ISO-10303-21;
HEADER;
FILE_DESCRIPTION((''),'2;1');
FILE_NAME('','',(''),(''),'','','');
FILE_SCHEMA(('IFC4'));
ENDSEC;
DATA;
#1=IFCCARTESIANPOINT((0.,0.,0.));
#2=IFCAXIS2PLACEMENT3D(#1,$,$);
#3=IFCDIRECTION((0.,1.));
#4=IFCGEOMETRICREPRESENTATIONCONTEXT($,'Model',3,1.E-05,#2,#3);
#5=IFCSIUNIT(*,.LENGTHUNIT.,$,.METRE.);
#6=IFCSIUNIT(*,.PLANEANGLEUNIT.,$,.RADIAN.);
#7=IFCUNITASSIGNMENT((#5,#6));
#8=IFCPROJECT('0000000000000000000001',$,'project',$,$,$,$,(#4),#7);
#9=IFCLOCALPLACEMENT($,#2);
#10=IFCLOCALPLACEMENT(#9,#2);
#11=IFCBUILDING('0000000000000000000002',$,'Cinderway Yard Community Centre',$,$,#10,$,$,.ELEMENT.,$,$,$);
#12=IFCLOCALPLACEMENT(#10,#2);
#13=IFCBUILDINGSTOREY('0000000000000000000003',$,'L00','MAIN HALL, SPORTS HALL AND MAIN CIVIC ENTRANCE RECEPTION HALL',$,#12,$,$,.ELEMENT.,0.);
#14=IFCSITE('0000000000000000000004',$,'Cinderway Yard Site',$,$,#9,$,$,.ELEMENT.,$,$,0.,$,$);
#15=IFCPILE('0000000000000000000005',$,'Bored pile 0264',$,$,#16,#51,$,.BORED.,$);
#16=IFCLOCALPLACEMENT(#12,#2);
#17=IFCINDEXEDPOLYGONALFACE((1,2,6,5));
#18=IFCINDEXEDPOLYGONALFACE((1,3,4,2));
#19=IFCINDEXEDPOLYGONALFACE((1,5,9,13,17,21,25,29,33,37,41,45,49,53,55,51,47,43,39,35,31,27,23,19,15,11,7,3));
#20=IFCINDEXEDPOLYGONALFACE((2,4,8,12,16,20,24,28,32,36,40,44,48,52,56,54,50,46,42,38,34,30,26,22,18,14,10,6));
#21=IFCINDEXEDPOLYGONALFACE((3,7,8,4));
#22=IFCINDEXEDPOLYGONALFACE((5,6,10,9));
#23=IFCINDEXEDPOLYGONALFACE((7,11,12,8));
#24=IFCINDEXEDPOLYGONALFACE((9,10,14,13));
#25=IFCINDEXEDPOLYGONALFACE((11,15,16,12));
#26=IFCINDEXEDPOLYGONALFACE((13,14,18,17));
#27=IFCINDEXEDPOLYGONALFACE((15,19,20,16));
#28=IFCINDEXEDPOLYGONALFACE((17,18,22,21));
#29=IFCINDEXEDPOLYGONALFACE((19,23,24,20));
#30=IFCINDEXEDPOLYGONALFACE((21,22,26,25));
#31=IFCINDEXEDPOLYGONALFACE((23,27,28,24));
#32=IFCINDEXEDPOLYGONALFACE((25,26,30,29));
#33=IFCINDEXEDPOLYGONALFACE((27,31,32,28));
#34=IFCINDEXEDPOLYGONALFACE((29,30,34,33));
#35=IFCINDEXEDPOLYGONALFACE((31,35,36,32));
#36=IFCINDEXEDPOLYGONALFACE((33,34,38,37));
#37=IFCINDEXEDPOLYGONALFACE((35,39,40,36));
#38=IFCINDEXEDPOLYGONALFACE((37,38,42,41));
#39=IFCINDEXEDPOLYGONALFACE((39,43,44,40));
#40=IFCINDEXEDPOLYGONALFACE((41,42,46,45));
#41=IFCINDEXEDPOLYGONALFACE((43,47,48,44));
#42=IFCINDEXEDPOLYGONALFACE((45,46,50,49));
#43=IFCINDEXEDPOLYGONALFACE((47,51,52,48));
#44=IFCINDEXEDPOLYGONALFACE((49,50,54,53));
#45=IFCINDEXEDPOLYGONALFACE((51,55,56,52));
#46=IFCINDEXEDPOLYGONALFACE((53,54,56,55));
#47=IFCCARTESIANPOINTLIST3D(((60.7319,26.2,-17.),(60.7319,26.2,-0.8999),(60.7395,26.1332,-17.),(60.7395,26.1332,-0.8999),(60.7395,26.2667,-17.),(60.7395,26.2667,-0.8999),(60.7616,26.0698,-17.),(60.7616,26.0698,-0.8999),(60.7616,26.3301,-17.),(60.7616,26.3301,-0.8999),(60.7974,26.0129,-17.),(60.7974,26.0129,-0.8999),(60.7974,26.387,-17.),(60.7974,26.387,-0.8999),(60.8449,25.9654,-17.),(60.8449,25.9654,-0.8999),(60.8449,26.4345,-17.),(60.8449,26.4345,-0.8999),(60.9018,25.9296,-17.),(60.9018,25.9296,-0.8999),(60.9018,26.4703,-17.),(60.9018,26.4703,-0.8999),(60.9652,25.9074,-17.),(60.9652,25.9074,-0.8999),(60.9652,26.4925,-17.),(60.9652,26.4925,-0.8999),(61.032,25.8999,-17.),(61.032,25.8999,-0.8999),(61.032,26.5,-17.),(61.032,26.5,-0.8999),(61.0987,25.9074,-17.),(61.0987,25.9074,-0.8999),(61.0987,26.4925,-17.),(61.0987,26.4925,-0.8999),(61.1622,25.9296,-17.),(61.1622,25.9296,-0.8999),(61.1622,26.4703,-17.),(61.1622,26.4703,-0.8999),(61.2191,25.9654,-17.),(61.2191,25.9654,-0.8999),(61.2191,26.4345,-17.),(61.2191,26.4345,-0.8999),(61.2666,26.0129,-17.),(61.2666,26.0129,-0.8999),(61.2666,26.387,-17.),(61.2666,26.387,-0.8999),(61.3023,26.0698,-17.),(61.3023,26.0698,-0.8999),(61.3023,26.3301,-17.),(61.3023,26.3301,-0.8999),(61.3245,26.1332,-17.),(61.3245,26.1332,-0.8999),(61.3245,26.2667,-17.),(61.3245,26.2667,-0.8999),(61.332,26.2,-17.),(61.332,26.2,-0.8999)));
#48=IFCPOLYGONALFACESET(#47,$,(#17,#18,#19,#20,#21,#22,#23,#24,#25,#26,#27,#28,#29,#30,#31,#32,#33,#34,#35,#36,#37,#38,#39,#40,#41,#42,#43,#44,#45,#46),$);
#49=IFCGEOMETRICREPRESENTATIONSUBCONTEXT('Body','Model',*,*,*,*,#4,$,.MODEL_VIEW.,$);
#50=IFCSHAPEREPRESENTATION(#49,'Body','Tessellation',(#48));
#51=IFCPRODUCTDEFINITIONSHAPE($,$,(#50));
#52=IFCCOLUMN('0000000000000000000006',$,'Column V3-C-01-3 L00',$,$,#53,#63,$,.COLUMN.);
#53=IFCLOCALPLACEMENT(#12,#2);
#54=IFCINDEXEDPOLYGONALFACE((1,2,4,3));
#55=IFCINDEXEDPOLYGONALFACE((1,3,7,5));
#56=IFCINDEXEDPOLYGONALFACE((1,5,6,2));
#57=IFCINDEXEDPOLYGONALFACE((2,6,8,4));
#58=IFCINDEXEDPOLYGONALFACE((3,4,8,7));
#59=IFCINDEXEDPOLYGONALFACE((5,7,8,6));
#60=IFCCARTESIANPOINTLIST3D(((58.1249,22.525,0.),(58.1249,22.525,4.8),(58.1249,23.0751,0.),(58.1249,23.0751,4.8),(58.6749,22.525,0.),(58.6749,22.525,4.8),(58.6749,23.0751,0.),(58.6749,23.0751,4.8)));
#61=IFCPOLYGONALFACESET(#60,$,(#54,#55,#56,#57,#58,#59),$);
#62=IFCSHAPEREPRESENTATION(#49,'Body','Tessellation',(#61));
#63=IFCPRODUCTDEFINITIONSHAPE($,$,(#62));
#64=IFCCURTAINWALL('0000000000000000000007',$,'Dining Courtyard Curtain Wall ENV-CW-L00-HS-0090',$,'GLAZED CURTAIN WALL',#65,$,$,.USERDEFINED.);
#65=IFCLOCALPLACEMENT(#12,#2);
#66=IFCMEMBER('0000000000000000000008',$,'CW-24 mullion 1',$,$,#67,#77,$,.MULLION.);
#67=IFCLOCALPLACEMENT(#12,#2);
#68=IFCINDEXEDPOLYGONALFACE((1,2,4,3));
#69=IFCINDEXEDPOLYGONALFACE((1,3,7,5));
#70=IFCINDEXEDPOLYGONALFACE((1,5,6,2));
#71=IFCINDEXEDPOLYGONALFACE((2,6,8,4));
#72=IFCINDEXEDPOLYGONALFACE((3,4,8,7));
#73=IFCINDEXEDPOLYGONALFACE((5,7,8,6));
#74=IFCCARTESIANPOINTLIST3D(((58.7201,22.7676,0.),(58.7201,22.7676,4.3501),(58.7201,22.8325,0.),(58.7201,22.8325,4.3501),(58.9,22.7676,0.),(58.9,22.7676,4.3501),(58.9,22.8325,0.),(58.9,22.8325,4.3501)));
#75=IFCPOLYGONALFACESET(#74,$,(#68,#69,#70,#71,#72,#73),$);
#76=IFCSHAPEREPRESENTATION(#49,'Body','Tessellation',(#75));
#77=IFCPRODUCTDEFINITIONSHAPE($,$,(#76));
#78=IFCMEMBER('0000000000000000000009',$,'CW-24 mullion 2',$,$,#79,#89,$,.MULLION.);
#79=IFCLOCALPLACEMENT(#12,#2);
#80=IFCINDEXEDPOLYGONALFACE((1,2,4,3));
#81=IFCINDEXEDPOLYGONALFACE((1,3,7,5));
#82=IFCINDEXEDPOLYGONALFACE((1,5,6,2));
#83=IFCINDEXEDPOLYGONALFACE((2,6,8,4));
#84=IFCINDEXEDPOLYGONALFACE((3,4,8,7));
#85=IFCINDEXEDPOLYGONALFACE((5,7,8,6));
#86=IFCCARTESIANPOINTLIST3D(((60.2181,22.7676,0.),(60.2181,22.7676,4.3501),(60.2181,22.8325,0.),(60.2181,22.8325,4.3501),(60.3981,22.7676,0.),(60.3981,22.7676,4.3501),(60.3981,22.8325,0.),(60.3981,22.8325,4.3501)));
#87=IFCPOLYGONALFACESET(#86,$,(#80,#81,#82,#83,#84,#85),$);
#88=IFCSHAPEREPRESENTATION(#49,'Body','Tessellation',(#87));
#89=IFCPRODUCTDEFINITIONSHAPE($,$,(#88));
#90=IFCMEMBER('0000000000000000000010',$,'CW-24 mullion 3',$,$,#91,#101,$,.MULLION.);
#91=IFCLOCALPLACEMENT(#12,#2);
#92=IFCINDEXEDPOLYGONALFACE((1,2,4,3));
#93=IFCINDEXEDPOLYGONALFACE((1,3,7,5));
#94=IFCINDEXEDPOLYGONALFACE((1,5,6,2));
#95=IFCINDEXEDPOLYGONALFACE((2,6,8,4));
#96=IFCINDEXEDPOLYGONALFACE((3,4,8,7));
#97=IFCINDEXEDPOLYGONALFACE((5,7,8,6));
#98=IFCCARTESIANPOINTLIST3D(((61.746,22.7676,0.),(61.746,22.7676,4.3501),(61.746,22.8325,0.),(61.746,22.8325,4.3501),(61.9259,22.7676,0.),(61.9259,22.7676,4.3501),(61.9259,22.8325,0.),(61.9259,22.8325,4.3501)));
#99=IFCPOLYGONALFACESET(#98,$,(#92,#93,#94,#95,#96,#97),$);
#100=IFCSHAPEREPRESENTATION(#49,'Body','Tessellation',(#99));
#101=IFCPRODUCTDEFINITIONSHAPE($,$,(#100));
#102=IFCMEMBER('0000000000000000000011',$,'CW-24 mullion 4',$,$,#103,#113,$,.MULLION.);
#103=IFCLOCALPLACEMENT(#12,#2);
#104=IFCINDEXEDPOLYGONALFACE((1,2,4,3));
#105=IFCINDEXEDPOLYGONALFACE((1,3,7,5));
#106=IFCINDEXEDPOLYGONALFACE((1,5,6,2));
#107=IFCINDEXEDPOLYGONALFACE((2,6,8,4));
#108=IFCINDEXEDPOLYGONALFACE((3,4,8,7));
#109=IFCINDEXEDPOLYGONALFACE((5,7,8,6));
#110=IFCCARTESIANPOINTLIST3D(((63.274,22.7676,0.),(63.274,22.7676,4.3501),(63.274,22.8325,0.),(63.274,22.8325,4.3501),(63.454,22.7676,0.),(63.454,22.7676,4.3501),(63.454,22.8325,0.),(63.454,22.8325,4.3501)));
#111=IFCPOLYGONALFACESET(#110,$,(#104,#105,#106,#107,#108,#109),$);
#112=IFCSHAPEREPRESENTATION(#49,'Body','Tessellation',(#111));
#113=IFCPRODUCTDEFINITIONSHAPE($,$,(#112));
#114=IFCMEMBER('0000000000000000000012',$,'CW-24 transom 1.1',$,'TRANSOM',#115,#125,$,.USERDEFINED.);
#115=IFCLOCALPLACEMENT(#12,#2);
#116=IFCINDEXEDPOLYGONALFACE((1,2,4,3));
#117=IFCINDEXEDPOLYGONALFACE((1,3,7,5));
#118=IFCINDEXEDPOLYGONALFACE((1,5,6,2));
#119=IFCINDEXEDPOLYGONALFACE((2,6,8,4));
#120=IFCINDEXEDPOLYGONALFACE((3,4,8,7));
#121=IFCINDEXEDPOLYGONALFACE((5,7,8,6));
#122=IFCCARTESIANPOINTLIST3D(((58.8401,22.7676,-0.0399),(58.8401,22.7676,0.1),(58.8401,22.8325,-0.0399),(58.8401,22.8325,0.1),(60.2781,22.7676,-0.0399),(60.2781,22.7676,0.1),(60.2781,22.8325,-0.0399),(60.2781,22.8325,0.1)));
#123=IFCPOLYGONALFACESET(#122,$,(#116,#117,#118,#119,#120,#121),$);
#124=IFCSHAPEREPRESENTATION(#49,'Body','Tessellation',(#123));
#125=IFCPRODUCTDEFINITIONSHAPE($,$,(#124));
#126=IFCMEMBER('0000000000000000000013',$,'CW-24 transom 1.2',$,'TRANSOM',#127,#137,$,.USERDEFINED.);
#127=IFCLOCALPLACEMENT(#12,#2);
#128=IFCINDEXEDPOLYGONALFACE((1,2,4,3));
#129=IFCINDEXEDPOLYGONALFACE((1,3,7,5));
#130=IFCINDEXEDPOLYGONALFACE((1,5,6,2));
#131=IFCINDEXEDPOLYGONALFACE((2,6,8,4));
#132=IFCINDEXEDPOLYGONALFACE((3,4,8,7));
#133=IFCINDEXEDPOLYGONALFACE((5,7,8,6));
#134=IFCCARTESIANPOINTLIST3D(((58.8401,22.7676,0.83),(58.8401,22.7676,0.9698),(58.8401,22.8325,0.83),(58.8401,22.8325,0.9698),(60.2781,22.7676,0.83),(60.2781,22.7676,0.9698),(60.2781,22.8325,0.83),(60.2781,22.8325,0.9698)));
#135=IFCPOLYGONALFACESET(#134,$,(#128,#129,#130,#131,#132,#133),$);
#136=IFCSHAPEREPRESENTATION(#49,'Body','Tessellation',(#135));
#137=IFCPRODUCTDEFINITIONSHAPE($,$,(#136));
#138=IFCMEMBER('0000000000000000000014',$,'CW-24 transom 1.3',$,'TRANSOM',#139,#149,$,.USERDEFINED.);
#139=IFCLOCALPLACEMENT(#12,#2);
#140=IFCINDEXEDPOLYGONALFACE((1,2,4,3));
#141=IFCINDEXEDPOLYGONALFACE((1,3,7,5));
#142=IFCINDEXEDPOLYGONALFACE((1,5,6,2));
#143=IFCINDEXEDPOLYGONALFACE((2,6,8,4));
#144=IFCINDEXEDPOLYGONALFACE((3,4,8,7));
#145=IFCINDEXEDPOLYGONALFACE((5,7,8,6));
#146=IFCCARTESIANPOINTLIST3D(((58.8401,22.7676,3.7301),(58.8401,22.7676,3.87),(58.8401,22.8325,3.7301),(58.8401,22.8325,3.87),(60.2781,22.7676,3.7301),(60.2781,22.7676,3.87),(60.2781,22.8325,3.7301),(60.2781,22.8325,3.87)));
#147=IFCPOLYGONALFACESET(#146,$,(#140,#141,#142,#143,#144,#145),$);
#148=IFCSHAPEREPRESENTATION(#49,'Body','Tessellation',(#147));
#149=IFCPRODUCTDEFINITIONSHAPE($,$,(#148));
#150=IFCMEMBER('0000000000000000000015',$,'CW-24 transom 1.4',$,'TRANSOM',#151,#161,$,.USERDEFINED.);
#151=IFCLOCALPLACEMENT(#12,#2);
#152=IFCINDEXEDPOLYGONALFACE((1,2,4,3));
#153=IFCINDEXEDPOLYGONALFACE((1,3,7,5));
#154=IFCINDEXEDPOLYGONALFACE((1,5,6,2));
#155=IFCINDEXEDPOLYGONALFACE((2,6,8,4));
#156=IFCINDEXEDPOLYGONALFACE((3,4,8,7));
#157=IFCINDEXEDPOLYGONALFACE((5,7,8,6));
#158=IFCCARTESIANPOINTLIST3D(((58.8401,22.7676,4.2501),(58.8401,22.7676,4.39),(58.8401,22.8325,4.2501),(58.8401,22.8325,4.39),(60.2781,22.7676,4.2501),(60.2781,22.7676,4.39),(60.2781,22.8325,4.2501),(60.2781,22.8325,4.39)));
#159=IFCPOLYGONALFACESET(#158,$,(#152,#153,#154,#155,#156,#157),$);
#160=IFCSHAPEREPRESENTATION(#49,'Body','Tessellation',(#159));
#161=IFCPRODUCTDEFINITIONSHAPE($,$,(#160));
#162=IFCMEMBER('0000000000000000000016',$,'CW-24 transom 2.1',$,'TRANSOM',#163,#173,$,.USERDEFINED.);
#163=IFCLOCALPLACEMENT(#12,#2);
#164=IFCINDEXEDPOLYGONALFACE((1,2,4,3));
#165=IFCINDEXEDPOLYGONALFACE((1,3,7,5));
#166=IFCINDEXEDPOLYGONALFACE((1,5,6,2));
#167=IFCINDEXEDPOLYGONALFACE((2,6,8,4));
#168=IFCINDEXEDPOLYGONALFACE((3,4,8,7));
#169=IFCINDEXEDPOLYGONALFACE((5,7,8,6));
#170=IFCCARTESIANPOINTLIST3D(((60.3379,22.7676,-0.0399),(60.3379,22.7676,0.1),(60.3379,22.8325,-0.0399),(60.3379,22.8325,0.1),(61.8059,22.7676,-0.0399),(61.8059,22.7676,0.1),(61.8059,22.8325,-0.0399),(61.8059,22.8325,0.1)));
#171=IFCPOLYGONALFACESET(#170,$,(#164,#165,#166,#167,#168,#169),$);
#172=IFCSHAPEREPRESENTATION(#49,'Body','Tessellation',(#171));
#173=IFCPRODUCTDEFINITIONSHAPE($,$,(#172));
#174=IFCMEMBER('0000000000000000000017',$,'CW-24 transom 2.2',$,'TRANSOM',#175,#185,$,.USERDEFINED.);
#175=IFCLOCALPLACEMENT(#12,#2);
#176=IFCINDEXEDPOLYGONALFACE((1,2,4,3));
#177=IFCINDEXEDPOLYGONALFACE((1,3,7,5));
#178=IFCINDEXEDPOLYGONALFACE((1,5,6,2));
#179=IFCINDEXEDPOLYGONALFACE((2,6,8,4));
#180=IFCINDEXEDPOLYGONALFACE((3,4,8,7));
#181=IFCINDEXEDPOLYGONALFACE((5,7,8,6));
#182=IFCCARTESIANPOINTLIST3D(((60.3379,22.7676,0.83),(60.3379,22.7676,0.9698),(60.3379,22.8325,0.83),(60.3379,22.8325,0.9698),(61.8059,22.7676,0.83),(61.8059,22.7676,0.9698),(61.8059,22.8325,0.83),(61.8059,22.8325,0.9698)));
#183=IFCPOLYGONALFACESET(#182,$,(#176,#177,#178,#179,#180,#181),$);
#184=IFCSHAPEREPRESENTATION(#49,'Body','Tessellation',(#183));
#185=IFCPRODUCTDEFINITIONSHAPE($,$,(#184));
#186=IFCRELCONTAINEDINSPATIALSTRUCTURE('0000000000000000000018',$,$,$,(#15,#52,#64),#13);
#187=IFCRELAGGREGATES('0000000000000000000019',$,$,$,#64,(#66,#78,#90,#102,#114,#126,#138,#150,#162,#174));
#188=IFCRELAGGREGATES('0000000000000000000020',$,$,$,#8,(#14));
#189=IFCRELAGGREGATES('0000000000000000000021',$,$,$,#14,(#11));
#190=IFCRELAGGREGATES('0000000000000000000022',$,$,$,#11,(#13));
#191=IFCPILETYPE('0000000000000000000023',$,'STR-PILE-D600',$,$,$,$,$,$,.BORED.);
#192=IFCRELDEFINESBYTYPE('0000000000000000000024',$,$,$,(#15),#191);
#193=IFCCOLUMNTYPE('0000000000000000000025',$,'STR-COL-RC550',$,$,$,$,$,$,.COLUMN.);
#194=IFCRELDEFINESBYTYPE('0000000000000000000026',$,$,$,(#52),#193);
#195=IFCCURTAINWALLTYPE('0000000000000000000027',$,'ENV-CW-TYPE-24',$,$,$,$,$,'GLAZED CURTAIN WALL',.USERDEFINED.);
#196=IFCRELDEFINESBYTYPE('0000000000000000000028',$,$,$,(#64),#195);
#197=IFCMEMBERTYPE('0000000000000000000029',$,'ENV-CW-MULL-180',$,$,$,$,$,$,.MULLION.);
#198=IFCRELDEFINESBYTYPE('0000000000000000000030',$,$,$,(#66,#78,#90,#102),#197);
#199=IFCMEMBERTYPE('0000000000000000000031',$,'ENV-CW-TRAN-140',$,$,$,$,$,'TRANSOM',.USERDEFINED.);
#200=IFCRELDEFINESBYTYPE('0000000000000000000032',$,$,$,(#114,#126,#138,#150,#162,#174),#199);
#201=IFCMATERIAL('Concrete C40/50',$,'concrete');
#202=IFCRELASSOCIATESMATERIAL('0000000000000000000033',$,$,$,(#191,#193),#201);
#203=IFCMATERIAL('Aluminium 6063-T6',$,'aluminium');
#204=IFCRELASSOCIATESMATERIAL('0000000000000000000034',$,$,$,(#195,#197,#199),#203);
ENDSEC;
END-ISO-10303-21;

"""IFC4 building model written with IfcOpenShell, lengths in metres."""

from ifc_helpers import new_model, si_unit, direction, frame, origin, origin_2d, place, context, subcontext, project, spatial, rectangle, circle, extrude, material, material_profile, profile_set, type_object, element, aggregate, save


model = new_model("IFC4")

# Units and contexts
model_context = context("Model", 3, precision=1e-05, world=origin(), true_north=direction((0.0, 1.0)))
body_context = subcontext(model_context, "Body", "Model", "MODEL_VIEW")
ifc_project = project(units=[si_unit("LENGTHUNIT", "METRE"), si_unit("PLANEANGLEUNIT", "RADIAN")], contexts=[model_context])

# Site, building, storey
site_placement = place(None, origin())
site = spatial("IfcSite", under=ifc_project, at=site_placement, Name="Cinderway Yard Site", CompositionType="ELEMENT", RefElevation=0.0)
building_placement = place(site_placement, origin())
building = spatial("IfcBuilding", under=site, at=building_placement, Name="Cinderway Yard Community Centre", CompositionType="ELEMENT")
storey_placement = place(building_placement, origin())
storey = spatial("IfcBuildingStorey", under=building, at=storey_placement, Name="L00", Description="MAIN HALL, SPORTS HALL AND MAIN CIVIC ENTRANCE RECEPTION HALL", CompositionType="ELEMENT", Elevation=0.0)

# Shared definitions
ifc_material_1 = material(Name="Concrete C40/50", Category="concrete")

# Pile
ifc_material_profile_1 = material_profile(ifc_material_1, circle(Radius=0.3, at=origin_2d()), Name="Concrete C40/50")
ifc_profile_set_1 = profile_set([ifc_material_profile_1], Name="Concrete C40/50")
pile_type_1 = type_object("IfcPileType", Name="STR-PILE-D600", PredefinedType="BORED", material=ifc_profile_set_1)
pile_1_placement = place(storey_placement, frame((61.032, 26.2, -0.8999), z_axis=(0.0, 0.0, -1.0), x_axis=(1.0, 0.0, 0.0)))
element("IfcPile", 1, at=pile_1_placement, inside=storey, type_object=pile_type_1, Name="Bored pile 0264", PredefinedType="BORED", context=body_context, shape_type="SweptSolid", body=[
    extrude(circle(Radius=0.3, at=origin_2d()), origin(), (0.0, 0.0, 1.0), 16.1001),
])

# Column
ifc_material_profile_2 = material_profile(ifc_material_1, rectangle(XDim=0.55, YDim=0.55, at=origin_2d()), Name="Concrete C40/50")
ifc_profile_set_2 = profile_set([ifc_material_profile_2], Name="Concrete C40/50")
column_type = type_object("IfcColumnType", Name="STR-COL-RC550", PredefinedType="COLUMN", material=ifc_profile_set_2)
column_placement = place(storey_placement, frame((58.3999, 22.8, 0.0), z_axis=(0.0, 0.0, 1.0), x_axis=(1.0, 0.0, 0.0)))
element("IfcColumn", 2, at=column_placement, inside=storey, type_object=column_type, Name="Column V3-C-01-3 L00", PredefinedType="COLUMN", context=body_context, shape_type="SweptSolid", body=[
    extrude(rectangle(XDim=0.55, YDim=0.55, at=origin_2d()), origin(), (0.0, 0.0, 1.0), 4.8),
])

# Curtain wall, members
ifc_material_2 = material(Name="Aluminium 6063-T6", Category="aluminium")
curtain_wall_type = type_object("IfcCurtainWallType", Name="ENV-CW-TYPE-24", ElementType="GLAZED CURTAIN WALL", PredefinedType="USERDEFINED", material=ifc_material_2)
curtain_wall_placement = place(storey_placement, origin())
curtain_wall = element("IfcCurtainWall", 3, at=curtain_wall_placement, inside=storey, type_object=curtain_wall_type, Name="Dining Courtyard Curtain Wall ENV-CW-L00-HS-0090", ObjectType="GLAZED CURTAIN WALL", PredefinedType="USERDEFINED")
ifc_material_profile_3 = material_profile(ifc_material_2, rectangle(XDim=0.0649, YDim=0.1799, at=origin_2d()), Name="Aluminium 6063-T6")
ifc_profile_set_3 = profile_set([ifc_material_profile_3], Name="Aluminium 6063-T6")
member_type_1 = type_object("IfcMemberType", Name="ENV-CW-MULL-180", PredefinedType="MULLION", material=ifc_profile_set_3)
member_1_placement = place(storey_placement, frame((58.8101, 22.8, 0.0), z_axis=(0.0, 0.0, 1.0), x_axis=(0.0, 1.0, 0.0)))
member_1 = element("IfcMember", 4, at=member_1_placement, type_object=member_type_1, Name="CW-24 mullion 1", PredefinedType="MULLION", context=body_context, shape_type="SweptSolid", body=[
    extrude(rectangle(XDim=0.0649, YDim=0.1799, at=origin_2d()), origin(), (0.0, 0.0, 1.0), 4.3501),
])
member_2_placement = place(storey_placement, frame((60.3081, 22.8, 0.0), z_axis=(0.0, 0.0, 1.0), x_axis=(0.0, 1.0, 0.0)))
member_2 = element("IfcMember", 5, at=member_2_placement, type_object=member_type_1, Name="CW-24 mullion 2", PredefinedType="MULLION", context=body_context, shape_type="SweptSolid", body=[
    extrude(rectangle(XDim=0.0649, YDim=0.1799, at=origin_2d()), origin(), (0.0, 0.0, 1.0), 4.3501),
])
member_3_placement = place(storey_placement, frame((61.8359, 22.8, 0.0), z_axis=(0.0, 0.0, 1.0), x_axis=(0.0, 1.0, 0.0)))
member_3 = element("IfcMember", 6, at=member_3_placement, type_object=member_type_1, Name="CW-24 mullion 3", PredefinedType="MULLION", context=body_context, shape_type="SweptSolid", body=[
    extrude(rectangle(XDim=0.0649, YDim=0.1799, at=origin_2d()), origin(), (0.0, 0.0, 1.0), 4.3501),
])
member_4_placement = place(storey_placement, frame((63.364, 22.8, 0.0), z_axis=(0.0, 0.0, 1.0), x_axis=(0.0, 1.0, 0.0)))
member_4 = element("IfcMember", 7, at=member_4_placement, type_object=member_type_1, Name="CW-24 mullion 4", PredefinedType="MULLION", context=body_context, shape_type="SweptSolid", body=[
    extrude(rectangle(XDim=0.0649, YDim=0.1799, at=origin_2d()), origin(), (0.0, 0.0, 1.0), 4.3501),
])
ifc_material_profile_4 = material_profile(ifc_material_2, rectangle(XDim=0.0649, YDim=0.1399, at=origin_2d()), Name="Aluminium 6063-T6")
ifc_profile_set_4 = profile_set([ifc_material_profile_4], Name="Aluminium 6063-T6")
member_type_2 = type_object("IfcMemberType", Name="ENV-CW-TRAN-140", ElementType="TRANSOM", PredefinedType="USERDEFINED", material=ifc_profile_set_4)
member_5_placement = place(storey_placement, frame((58.8401, 22.8, 0.03), z_axis=(1.0, 0.0, 0.0), x_axis=(0.0, 1.0, 0.0)))
member_5 = element("IfcMember", 8, at=member_5_placement, type_object=member_type_2, Name="CW-24 transom 1.1", ObjectType="TRANSOM", PredefinedType="USERDEFINED", context=body_context, shape_type="SweptSolid", body=[
    extrude(rectangle(XDim=0.0649, YDim=0.1399, at=origin_2d()), origin(), (0.0, 0.0, 1.0), 1.438),
])
member_6_placement = place(storey_placement, frame((58.8401, 22.8, 0.8999), z_axis=(1.0, 0.0, 0.0), x_axis=(0.0, 1.0, 0.0)))
member_6 = element("IfcMember", 9, at=member_6_placement, type_object=member_type_2, Name="CW-24 transom 1.2", ObjectType="TRANSOM", PredefinedType="USERDEFINED", context=body_context, shape_type="SweptSolid", body=[
    extrude(rectangle(XDim=0.0649, YDim=0.1399, at=origin_2d()), origin(), (0.0, 0.0, 1.0), 1.438),
])
member_7_placement = place(storey_placement, frame((58.8401, 22.8, 3.8), z_axis=(1.0, 0.0, 0.0), x_axis=(0.0, 1.0, 0.0)))
member_7 = element("IfcMember", 10, at=member_7_placement, type_object=member_type_2, Name="CW-24 transom 1.3", ObjectType="TRANSOM", PredefinedType="USERDEFINED", context=body_context, shape_type="SweptSolid", body=[
    extrude(rectangle(XDim=0.0649, YDim=0.1399, at=origin_2d()), origin(), (0.0, 0.0, 1.0), 1.438),
])
member_8_placement = place(storey_placement, frame((58.8401, 22.8, 4.3201), z_axis=(1.0, 0.0, 0.0), x_axis=(0.0, 1.0, 0.0)))
member_8 = element("IfcMember", 11, at=member_8_placement, type_object=member_type_2, Name="CW-24 transom 1.4", ObjectType="TRANSOM", PredefinedType="USERDEFINED", context=body_context, shape_type="SweptSolid", body=[
    extrude(rectangle(XDim=0.0649, YDim=0.1399, at=origin_2d()), origin(), (0.0, 0.0, 1.0), 1.438),
])
member_9_placement = place(storey_placement, frame((60.3379, 22.8, 0.03), z_axis=(1.0, 0.0, 0.0), x_axis=(0.0, 1.0, 0.0)))
member_9 = element("IfcMember", 12, at=member_9_placement, type_object=member_type_2, Name="CW-24 transom 2.1", ObjectType="TRANSOM", PredefinedType="USERDEFINED", context=body_context, shape_type="SweptSolid", body=[
    extrude(rectangle(XDim=0.0649, YDim=0.1399, at=origin_2d()), origin(), (0.0, 0.0, 1.0), 1.468),
])
member_10_placement = place(storey_placement, frame((60.3379, 22.8, 0.8999), z_axis=(1.0, 0.0, 0.0), x_axis=(0.0, 1.0, 0.0)))
member_10 = element("IfcMember", 13, at=member_10_placement, type_object=member_type_2, Name="CW-24 transom 2.2", ObjectType="TRANSOM", PredefinedType="USERDEFINED", context=body_context, shape_type="SweptSolid", body=[
    extrude(rectangle(XDim=0.0649, YDim=0.1399, at=origin_2d()), origin(), (0.0, 0.0, 1.0), 1.468),
])
aggregate(curtain_wall, [member_1, member_2, member_3, member_4, member_5, member_6, member_7, member_8, member_9, member_10])

save(model, "model.ifc")
